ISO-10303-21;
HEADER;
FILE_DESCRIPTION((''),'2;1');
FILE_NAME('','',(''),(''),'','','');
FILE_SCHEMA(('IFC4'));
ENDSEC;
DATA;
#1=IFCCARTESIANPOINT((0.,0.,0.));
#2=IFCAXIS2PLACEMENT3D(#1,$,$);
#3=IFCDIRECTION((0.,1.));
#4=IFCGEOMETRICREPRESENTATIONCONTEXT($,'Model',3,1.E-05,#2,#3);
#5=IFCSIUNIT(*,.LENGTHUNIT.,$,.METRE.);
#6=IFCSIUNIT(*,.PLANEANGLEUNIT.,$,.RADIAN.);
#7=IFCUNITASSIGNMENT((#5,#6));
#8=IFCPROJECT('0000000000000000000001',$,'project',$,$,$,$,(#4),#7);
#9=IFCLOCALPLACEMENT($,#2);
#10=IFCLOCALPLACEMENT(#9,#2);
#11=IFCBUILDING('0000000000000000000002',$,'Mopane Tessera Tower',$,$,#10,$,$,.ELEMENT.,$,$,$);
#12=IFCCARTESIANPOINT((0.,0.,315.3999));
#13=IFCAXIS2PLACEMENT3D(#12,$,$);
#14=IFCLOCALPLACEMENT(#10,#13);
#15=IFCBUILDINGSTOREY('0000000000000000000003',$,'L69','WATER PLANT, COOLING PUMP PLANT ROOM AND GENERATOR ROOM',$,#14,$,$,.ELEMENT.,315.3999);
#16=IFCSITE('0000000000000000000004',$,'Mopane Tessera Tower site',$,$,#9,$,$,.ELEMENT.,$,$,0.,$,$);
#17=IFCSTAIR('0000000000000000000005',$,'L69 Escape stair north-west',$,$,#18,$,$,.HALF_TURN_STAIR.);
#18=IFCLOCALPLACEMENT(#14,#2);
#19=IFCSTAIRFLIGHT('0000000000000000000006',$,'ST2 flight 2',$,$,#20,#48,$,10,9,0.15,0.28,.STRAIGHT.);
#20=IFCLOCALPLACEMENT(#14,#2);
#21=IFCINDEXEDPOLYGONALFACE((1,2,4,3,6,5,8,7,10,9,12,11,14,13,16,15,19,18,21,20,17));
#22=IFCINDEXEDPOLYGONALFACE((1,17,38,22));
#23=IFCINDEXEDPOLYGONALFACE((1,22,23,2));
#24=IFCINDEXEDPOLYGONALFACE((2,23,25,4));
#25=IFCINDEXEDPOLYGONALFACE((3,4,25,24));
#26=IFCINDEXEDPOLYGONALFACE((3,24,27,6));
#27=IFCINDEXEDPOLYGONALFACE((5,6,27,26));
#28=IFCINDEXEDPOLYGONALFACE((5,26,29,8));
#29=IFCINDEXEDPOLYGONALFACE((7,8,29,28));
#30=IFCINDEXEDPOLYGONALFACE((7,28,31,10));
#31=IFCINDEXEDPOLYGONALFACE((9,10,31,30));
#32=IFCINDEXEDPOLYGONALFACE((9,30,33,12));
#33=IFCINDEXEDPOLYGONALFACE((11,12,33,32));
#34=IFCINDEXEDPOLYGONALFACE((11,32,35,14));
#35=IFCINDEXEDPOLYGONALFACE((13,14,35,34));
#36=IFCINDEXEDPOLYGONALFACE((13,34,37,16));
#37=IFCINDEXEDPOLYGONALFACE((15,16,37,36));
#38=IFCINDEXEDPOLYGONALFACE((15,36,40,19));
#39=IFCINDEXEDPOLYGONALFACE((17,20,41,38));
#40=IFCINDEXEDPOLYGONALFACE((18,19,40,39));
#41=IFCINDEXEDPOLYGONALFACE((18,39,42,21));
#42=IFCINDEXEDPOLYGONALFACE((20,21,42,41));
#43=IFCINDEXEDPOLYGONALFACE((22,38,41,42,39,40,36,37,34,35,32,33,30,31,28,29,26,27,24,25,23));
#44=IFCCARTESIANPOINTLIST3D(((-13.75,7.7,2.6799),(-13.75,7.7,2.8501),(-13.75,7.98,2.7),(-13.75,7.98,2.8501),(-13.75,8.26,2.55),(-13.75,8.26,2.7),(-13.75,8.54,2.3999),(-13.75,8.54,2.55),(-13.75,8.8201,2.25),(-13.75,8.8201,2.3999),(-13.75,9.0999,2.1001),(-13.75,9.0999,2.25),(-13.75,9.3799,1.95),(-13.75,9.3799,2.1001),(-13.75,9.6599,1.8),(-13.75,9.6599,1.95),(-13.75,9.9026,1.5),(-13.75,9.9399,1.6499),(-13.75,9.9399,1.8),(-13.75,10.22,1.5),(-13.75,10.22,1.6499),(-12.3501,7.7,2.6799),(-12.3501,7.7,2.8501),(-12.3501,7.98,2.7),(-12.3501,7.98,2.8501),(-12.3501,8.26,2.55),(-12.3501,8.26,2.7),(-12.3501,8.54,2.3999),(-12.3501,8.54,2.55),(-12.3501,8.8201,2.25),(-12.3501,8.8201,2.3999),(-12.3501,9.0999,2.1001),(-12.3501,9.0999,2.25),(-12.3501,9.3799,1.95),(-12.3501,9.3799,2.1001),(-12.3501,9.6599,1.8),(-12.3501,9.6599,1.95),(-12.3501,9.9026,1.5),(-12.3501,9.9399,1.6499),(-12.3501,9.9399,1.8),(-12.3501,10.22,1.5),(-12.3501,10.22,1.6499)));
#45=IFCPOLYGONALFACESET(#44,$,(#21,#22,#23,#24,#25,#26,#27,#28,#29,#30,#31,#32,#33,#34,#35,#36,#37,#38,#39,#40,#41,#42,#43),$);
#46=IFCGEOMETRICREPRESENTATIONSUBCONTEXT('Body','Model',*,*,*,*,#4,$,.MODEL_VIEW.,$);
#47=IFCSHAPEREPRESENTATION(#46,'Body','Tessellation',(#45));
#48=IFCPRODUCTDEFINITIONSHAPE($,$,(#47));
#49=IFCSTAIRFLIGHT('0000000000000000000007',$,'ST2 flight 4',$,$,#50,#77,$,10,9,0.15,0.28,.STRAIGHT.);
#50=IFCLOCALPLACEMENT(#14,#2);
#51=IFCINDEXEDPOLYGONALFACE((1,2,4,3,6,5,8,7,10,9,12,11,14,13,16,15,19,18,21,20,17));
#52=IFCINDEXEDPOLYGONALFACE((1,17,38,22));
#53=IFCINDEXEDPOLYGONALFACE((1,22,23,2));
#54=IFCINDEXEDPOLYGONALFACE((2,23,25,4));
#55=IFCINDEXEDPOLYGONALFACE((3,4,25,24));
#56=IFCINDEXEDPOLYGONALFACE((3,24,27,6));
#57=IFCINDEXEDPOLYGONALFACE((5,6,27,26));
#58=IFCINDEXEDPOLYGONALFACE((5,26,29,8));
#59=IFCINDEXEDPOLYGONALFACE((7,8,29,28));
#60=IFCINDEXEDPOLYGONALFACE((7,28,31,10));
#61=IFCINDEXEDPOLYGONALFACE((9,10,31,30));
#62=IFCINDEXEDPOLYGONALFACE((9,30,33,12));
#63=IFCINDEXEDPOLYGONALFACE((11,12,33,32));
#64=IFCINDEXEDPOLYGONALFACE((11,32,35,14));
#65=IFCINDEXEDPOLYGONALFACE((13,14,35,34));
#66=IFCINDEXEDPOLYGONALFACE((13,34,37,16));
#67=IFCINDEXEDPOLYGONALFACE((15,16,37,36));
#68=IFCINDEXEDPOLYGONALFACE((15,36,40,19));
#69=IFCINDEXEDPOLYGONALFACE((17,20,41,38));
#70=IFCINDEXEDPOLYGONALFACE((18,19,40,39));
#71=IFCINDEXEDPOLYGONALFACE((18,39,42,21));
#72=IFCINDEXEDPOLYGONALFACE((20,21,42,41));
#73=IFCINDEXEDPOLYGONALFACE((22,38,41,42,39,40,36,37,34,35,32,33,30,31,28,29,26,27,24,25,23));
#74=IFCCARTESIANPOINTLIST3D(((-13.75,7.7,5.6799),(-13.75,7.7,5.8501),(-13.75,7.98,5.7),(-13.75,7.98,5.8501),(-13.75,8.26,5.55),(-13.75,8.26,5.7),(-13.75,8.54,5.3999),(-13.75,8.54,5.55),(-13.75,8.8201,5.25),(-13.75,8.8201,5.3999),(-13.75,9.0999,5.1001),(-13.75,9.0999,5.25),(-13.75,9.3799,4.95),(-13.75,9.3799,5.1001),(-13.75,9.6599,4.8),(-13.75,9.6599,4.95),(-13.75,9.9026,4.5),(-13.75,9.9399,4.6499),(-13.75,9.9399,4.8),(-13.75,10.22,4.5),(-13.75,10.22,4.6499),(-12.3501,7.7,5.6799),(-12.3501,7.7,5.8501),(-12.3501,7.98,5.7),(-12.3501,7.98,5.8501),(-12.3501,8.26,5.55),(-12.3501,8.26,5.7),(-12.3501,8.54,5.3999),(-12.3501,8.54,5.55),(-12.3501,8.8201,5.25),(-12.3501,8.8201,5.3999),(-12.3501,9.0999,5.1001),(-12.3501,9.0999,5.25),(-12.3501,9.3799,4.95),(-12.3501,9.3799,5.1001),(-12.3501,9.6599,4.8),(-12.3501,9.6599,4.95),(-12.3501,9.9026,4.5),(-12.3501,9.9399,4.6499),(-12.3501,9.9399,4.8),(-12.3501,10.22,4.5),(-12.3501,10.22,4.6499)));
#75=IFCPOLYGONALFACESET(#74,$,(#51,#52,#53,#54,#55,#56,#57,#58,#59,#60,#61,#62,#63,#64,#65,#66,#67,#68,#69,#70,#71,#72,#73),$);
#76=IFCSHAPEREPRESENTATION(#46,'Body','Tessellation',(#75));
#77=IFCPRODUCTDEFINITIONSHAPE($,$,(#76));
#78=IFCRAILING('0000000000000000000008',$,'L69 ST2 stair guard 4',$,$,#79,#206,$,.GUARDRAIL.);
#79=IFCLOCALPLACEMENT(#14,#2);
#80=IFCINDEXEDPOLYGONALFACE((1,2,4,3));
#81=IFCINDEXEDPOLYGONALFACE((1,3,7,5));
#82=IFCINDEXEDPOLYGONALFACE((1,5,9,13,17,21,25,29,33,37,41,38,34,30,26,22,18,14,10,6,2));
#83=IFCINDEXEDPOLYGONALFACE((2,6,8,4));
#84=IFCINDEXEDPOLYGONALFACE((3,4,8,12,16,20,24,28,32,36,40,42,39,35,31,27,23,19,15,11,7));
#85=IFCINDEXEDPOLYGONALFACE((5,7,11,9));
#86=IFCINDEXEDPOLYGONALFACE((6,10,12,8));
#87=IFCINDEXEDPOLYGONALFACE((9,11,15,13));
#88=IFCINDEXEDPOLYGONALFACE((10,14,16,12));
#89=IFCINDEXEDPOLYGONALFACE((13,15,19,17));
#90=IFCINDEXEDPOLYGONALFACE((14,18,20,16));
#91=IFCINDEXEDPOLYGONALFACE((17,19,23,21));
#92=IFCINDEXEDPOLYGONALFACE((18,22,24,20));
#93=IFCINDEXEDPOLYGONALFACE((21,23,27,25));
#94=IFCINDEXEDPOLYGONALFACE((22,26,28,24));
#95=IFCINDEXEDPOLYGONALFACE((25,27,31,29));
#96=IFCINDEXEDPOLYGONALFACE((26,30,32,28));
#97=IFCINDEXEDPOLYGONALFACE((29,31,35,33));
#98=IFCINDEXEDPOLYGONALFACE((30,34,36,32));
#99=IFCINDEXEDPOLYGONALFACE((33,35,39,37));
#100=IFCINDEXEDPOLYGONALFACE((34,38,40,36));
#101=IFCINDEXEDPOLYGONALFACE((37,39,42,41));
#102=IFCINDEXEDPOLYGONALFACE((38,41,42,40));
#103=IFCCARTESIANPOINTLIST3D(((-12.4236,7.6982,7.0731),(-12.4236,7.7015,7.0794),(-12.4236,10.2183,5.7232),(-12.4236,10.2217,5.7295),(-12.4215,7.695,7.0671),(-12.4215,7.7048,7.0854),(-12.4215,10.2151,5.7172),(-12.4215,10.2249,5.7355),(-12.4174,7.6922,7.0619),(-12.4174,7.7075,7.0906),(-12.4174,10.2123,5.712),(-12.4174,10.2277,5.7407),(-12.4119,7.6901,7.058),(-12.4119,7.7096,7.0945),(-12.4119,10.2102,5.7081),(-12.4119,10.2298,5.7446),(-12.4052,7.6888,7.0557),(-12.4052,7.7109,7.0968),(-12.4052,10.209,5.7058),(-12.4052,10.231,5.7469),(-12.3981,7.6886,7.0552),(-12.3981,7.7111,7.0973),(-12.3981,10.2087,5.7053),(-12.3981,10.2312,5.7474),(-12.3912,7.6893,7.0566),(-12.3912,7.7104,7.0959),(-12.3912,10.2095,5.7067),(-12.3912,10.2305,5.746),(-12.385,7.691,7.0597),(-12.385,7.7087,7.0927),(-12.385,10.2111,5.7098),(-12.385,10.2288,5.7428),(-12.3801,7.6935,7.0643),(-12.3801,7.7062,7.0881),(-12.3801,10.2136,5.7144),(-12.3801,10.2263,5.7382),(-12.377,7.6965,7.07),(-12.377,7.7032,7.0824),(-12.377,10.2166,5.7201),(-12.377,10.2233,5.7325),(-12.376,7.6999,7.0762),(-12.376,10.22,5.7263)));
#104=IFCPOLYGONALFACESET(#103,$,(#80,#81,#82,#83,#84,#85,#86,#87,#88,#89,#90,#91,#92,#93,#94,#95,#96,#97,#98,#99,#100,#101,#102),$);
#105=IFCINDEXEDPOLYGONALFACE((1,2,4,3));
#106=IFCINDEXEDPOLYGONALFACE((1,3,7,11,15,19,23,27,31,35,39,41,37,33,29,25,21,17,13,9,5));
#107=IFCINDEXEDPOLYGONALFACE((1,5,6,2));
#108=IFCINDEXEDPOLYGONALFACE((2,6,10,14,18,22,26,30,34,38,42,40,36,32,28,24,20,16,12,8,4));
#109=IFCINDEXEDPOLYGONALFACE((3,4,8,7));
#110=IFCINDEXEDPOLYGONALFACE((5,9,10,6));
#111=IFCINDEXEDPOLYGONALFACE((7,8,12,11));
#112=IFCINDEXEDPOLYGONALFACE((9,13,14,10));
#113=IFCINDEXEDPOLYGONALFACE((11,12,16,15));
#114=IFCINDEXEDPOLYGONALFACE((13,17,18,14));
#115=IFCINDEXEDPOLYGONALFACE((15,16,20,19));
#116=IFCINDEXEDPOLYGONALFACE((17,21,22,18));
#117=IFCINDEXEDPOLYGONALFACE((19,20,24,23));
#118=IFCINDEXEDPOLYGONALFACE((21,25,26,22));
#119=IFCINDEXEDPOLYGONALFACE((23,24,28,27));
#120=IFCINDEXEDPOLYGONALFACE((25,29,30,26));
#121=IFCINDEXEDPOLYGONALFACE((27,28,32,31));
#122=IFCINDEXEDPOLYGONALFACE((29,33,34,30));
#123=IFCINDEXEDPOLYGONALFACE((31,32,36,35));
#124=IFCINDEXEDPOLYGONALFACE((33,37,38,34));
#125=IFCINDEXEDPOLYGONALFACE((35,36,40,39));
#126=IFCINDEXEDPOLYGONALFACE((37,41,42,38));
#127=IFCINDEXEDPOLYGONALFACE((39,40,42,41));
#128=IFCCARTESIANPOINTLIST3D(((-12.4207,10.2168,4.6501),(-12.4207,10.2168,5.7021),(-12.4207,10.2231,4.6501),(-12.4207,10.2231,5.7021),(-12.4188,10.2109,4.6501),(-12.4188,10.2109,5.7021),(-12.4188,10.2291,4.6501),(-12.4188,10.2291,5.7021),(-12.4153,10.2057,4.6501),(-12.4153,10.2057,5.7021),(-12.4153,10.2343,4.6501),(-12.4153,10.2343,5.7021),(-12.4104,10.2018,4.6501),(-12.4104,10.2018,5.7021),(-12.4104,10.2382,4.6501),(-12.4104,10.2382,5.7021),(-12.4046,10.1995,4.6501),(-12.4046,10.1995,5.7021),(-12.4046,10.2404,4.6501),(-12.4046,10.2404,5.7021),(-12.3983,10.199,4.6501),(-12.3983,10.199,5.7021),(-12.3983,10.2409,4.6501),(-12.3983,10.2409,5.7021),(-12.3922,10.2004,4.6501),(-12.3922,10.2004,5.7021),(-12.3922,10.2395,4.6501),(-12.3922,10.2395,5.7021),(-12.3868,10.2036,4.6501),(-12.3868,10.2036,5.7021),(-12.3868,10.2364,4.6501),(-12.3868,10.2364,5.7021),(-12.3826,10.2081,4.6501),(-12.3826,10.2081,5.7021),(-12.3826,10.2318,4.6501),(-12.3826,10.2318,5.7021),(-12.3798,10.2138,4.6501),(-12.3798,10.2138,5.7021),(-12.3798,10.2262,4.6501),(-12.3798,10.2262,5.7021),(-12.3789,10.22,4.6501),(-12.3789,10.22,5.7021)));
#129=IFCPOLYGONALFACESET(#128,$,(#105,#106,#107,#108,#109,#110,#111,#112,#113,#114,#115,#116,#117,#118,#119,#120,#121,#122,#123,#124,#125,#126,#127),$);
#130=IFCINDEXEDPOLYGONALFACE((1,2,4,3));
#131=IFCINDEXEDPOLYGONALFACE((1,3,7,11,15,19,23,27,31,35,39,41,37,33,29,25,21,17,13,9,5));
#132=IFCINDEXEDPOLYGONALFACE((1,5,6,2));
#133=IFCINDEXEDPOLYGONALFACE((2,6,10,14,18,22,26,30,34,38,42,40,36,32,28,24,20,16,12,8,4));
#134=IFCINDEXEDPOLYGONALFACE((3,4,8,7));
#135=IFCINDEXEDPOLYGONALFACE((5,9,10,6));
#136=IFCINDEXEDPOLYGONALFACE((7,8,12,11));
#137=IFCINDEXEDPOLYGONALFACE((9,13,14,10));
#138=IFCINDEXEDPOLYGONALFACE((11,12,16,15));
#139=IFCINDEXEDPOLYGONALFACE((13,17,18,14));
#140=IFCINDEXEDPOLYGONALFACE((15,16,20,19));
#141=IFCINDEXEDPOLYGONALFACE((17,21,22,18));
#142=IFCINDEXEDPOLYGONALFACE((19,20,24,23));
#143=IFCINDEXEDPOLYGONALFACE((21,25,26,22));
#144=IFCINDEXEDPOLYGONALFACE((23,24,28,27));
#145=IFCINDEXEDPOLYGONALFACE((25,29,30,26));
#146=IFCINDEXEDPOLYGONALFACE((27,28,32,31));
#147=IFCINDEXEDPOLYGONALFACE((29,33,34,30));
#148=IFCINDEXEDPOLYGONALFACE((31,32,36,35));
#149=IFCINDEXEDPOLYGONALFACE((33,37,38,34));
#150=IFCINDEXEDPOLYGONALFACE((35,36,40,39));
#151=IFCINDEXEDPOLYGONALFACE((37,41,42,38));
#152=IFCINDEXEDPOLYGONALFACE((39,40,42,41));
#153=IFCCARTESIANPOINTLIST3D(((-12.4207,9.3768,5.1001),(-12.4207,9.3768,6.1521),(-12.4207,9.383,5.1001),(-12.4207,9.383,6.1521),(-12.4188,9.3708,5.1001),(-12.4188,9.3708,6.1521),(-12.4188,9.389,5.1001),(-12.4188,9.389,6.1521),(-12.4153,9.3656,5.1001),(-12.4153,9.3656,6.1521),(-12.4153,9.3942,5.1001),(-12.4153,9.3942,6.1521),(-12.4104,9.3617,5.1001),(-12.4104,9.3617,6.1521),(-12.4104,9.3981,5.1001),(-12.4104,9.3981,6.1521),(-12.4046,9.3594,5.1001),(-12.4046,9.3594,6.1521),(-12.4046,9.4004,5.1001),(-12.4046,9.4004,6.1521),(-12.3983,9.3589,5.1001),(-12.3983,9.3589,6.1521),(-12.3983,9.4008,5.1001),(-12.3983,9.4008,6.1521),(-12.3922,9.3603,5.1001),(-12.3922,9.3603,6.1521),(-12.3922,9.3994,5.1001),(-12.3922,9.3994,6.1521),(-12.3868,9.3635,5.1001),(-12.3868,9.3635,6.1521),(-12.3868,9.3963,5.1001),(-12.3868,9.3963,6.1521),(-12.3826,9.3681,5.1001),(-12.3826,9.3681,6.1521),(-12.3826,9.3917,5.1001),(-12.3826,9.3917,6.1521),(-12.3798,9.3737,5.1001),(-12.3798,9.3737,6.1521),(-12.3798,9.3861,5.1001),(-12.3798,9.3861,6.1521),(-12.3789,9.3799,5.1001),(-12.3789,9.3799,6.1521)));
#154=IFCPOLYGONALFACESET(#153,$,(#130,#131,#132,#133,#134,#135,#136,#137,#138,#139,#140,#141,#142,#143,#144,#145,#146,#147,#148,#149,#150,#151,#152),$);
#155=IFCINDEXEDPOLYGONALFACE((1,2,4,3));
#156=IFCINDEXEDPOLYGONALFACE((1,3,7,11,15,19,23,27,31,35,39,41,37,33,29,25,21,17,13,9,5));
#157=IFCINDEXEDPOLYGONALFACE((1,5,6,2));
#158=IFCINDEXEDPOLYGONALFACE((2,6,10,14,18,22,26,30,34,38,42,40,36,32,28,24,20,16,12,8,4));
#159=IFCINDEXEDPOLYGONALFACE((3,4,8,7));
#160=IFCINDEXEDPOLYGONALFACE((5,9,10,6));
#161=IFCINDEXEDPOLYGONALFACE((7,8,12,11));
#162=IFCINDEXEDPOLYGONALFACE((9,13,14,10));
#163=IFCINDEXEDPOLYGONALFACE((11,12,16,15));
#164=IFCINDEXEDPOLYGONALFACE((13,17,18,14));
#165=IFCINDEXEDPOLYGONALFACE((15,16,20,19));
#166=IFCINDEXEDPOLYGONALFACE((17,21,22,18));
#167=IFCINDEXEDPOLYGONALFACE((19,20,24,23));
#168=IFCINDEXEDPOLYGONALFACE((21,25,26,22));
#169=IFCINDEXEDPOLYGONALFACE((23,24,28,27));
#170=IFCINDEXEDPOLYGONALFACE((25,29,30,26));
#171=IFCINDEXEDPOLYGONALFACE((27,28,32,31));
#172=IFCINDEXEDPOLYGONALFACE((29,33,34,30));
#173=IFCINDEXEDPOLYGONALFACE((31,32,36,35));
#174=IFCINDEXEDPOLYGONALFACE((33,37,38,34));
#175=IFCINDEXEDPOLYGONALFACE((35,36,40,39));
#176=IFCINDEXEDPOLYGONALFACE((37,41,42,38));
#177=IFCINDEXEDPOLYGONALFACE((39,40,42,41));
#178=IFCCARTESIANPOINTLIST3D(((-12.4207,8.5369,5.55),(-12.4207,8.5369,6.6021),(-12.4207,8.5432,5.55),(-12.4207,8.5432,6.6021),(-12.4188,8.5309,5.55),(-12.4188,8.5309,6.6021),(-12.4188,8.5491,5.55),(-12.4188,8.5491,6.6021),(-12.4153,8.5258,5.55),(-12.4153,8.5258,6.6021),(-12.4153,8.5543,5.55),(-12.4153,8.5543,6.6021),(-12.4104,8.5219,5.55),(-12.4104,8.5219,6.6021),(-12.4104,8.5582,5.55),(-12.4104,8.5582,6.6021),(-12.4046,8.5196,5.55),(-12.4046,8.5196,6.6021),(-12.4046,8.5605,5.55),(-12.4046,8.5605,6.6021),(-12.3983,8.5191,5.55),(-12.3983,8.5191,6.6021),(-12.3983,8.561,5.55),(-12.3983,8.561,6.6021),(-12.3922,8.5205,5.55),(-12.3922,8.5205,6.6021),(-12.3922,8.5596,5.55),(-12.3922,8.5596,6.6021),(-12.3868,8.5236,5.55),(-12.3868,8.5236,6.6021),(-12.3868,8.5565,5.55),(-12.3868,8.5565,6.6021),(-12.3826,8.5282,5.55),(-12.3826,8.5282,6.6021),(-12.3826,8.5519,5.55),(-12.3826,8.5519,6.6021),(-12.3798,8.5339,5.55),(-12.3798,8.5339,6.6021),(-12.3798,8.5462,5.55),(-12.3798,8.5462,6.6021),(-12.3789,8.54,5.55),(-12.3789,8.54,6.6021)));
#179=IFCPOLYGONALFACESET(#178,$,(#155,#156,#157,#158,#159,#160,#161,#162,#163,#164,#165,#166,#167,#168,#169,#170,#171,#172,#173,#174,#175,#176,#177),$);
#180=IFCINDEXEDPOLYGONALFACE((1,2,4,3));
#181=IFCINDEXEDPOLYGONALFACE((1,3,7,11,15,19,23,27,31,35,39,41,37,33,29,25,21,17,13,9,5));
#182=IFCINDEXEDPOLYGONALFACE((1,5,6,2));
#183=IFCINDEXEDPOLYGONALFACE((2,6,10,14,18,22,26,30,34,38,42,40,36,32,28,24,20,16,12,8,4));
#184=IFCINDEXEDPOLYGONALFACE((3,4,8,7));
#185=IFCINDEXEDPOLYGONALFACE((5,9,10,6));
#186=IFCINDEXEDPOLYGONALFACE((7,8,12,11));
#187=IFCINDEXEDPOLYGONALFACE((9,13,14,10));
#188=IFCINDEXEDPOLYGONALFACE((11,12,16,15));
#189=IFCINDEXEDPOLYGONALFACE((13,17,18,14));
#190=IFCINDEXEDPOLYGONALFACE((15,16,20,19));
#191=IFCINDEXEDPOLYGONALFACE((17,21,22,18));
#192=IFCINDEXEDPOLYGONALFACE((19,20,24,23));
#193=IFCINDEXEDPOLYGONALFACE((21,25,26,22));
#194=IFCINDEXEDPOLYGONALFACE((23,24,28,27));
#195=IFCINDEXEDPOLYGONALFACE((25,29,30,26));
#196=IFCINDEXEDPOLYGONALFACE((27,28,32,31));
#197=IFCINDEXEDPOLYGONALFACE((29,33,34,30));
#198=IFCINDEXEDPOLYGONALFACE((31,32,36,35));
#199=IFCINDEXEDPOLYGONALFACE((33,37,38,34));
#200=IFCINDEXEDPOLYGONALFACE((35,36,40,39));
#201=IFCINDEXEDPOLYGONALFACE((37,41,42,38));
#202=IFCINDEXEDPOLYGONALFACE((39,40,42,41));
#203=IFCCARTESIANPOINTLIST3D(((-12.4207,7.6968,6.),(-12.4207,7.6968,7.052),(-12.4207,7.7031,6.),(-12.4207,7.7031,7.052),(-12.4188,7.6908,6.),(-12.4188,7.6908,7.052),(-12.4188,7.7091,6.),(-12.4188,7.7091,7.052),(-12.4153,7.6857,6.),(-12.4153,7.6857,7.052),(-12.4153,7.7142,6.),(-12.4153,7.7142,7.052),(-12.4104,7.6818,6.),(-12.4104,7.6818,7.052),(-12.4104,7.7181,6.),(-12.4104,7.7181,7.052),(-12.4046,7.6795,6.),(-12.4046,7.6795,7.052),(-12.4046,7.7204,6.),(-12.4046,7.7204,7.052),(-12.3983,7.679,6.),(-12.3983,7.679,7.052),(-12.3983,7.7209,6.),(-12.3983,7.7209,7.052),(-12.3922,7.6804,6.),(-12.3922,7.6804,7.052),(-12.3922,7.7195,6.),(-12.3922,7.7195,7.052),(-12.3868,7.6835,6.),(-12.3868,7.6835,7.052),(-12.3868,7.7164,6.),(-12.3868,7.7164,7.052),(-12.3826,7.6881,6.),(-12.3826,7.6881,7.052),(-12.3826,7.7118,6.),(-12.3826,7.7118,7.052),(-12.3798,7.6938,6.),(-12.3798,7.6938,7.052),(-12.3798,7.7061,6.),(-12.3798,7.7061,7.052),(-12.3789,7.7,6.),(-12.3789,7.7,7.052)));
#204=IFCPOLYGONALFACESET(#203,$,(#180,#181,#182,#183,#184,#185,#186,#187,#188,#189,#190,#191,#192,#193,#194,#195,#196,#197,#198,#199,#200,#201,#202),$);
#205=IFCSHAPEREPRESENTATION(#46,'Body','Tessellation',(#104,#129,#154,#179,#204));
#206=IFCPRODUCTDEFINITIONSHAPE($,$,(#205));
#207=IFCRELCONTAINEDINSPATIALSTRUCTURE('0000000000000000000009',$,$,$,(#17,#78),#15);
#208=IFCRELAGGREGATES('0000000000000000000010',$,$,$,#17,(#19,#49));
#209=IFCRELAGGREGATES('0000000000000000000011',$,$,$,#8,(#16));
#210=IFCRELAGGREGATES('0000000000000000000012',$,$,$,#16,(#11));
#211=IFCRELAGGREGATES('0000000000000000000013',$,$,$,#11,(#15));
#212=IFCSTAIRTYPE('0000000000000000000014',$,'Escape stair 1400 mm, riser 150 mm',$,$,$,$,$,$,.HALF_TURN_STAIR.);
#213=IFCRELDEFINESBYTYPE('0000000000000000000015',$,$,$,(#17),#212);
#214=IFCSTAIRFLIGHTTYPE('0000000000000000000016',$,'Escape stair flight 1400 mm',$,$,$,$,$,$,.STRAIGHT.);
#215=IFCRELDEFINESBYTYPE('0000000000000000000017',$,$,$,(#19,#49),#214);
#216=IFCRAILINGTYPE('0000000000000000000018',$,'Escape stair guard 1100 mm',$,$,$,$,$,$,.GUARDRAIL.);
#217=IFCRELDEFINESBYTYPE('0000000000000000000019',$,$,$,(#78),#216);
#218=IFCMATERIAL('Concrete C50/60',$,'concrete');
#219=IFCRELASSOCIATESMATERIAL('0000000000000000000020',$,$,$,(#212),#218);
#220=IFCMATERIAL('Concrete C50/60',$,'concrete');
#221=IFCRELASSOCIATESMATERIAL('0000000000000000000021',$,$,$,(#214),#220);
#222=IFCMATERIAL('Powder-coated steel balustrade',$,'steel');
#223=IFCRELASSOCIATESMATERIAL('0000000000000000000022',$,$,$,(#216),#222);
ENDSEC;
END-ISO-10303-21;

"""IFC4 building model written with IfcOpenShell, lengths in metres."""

from ifc_helpers import new_model, si_unit, direction, frame, origin, origin_2d, place, context, subcontext, project, spatial, polyline, circle, outline, extrude, material, type_object, element, aggregate, save


model = new_model("IFC4")

# Units and contexts
model_context = context("Model", 3, precision=1e-05, world=origin(), true_north=direction((0.0, 1.0)))
body_context = subcontext(model_context, "Body", "Model", "MODEL_VIEW")
ifc_project = project(units=[si_unit("LENGTHUNIT", "METRE"), si_unit("PLANEANGLEUNIT", "RADIAN")], contexts=[model_context])

# Site, building, storey
site_placement = place(None, origin())
site = spatial("IfcSite", under=ifc_project, at=site_placement, Name="Mopane Tessera Tower site", CompositionType="ELEMENT", RefElevation=0.0)
building_placement = place(site_placement, origin())
building = spatial("IfcBuilding", under=site, at=building_placement, Name="Mopane Tessera Tower", CompositionType="ELEMENT")
storey_placement = place(building_placement, frame((0.0, 0.0, 315.3999)))
storey = spatial("IfcBuildingStorey", under=building, at=storey_placement, Name="L69", Description="WATER PLANT, COOLING PUMP PLANT ROOM AND GENERATOR ROOM", CompositionType="ELEMENT", Elevation=315.3999)

# Stair, stair flights
ifc_material_1 = material(Name="Concrete C50/60", Category="concrete")
stair_type = type_object("IfcStairType", Name="Escape stair 1400 mm, riser 150 mm", PredefinedType="HALF_TURN_STAIR", material=ifc_material_1)
stair_placement = place(storey_placement, origin())
stair = element("IfcStair", 1, at=stair_placement, inside=storey, type_object=stair_type, Name="L69 Escape stair north-west", PredefinedType="HALF_TURN_STAIR")
ifc_material_2 = material(Name="Concrete C50/60", Category="concrete")
stair_flight_type = type_object("IfcStairFlightType", Name="Escape stair flight 1400 mm", PredefinedType="STRAIGHT", material=ifc_material_2)
stair_flight_1_placement = place(storey_placement, frame((-13.05, 10.22, 1.5), z_axis=(0.0, 0.0, 1.0), x_axis=(0.0, -1.0, 0.0)))
stair_flight_1 = element("IfcStairFlight", 2, at=stair_flight_1_placement, type_object=stair_flight_type, Name="ST2 flight 2", NumberOfRisers=10, NumberOfTreads=9, PredefinedType="STRAIGHT", RiserHeight=0.15, TreadLength=0.28, context=body_context, shape_type="SweptSolid", body=[
    extrude(outline(polyline([(0.0, 0.0), (0.0, 0.1499), (0.28, 0.1499), (0.28, 0.3), (0.5601, 0.3), (0.5601, 0.45), (0.8401, 0.45), (0.8401, 0.6001), (1.1201, 0.6001), (1.1201, 0.75), (1.3999, 0.75), (1.3999, 0.8999), (1.6799, 0.8999), (1.6799, 1.05), (1.96, 1.05), (1.96, 1.2), (2.24, 1.2), (2.24, 1.3501), (2.52, 1.3501), (2.52, 1.5), (2.52, 1.1799), (0.3174, 0.0), (0.0, 0.0)])), frame((0.0, 0.7, 0.0), z_axis=(0.0, -1.0, 0.0), x_axis=(1.0, 0.0, 0.0)), (0.0, 0.0, 1.0), 1.3999),
])
stair_flight_2_placement = place(storey_placement, frame((-13.05, 10.22, 4.5), z_axis=(0.0, 0.0, 1.0), x_axis=(0.0, -1.0, 0.0)))
stair_flight_2 = element("IfcStairFlight", 3, at=stair_flight_2_placement, type_object=stair_flight_type, Name="ST2 flight 4", NumberOfRisers=10, NumberOfTreads=9, PredefinedType="STRAIGHT", RiserHeight=0.15, TreadLength=0.28, context=body_context, shape_type="SweptSolid", body=[
    extrude(outline(polyline([(0.0, 0.0), (0.0, 0.1499), (0.28, 0.1499), (0.28, 0.3), (0.5601, 0.3), (0.5601, 0.45), (0.8401, 0.45), (0.8401, 0.6001), (1.1201, 0.6001), (1.1201, 0.75), (1.3999, 0.75), (1.3999, 0.8999), (1.6799, 0.8999), (1.6799, 1.05), (1.96, 1.05), (1.96, 1.2), (2.24, 1.2), (2.24, 1.3501), (2.52, 1.3501), (2.52, 1.5), (2.52, 1.1799), (0.3174, 0.0), (0.0, 0.0)])), frame((0.0, 0.7, 0.0), z_axis=(0.0, -1.0, 0.0), x_axis=(1.0, 0.0, 0.0)), (0.0, 0.0, 1.0), 1.3999),
])
aggregate(stair, [stair_flight_1, stair_flight_2])

# Railing
ifc_material_3 = material(Name="Powder-coated steel balustrade", Category="steel")
railing_type_1 = type_object("IfcRailingType", Name="Escape stair guard 1100 mm", PredefinedType="GUARDRAIL", material=ifc_material_3)
railing_1_placement = place(storey_placement, frame((-12.3999, 10.22, 4.6501)))
element("IfcRailing", 4, at=railing_1_placement, inside=storey, type_object=railing_type_1, Name="L69 ST2 stair guard 4", PredefinedType="GUARDRAIL", context=body_context, shape_type="SweptSolid", body=[
    extrude(circle(Radius=0.0239, at=origin_2d()), frame((0.0, 0.0, 1.0762), z_axis=(0.0, -0.881503, 0.472179), x_axis=(1.0, 0.0, 0.0)), (0.0, 0.0, 1.0), 2.8589),
    extrude(circle(Radius=0.021, at=origin_2d()), origin(), (0.0, 0.0, 1.0), 1.052),
    extrude(circle(Radius=0.021, at=origin_2d()), frame((0.0, -0.8401, 0.45)), (0.0, 0.0, 1.0), 1.052),
    extrude(circle(Radius=0.021, at=origin_2d()), frame((0.0, -1.6799, 0.8999)), (0.0, 0.0, 1.0), 1.052),
    extrude(circle(Radius=0.021, at=origin_2d()), frame((0.0, -2.52, 1.3499)), (0.0, 0.0, 1.0), 1.052),
])

save(model, "model.ifc")
